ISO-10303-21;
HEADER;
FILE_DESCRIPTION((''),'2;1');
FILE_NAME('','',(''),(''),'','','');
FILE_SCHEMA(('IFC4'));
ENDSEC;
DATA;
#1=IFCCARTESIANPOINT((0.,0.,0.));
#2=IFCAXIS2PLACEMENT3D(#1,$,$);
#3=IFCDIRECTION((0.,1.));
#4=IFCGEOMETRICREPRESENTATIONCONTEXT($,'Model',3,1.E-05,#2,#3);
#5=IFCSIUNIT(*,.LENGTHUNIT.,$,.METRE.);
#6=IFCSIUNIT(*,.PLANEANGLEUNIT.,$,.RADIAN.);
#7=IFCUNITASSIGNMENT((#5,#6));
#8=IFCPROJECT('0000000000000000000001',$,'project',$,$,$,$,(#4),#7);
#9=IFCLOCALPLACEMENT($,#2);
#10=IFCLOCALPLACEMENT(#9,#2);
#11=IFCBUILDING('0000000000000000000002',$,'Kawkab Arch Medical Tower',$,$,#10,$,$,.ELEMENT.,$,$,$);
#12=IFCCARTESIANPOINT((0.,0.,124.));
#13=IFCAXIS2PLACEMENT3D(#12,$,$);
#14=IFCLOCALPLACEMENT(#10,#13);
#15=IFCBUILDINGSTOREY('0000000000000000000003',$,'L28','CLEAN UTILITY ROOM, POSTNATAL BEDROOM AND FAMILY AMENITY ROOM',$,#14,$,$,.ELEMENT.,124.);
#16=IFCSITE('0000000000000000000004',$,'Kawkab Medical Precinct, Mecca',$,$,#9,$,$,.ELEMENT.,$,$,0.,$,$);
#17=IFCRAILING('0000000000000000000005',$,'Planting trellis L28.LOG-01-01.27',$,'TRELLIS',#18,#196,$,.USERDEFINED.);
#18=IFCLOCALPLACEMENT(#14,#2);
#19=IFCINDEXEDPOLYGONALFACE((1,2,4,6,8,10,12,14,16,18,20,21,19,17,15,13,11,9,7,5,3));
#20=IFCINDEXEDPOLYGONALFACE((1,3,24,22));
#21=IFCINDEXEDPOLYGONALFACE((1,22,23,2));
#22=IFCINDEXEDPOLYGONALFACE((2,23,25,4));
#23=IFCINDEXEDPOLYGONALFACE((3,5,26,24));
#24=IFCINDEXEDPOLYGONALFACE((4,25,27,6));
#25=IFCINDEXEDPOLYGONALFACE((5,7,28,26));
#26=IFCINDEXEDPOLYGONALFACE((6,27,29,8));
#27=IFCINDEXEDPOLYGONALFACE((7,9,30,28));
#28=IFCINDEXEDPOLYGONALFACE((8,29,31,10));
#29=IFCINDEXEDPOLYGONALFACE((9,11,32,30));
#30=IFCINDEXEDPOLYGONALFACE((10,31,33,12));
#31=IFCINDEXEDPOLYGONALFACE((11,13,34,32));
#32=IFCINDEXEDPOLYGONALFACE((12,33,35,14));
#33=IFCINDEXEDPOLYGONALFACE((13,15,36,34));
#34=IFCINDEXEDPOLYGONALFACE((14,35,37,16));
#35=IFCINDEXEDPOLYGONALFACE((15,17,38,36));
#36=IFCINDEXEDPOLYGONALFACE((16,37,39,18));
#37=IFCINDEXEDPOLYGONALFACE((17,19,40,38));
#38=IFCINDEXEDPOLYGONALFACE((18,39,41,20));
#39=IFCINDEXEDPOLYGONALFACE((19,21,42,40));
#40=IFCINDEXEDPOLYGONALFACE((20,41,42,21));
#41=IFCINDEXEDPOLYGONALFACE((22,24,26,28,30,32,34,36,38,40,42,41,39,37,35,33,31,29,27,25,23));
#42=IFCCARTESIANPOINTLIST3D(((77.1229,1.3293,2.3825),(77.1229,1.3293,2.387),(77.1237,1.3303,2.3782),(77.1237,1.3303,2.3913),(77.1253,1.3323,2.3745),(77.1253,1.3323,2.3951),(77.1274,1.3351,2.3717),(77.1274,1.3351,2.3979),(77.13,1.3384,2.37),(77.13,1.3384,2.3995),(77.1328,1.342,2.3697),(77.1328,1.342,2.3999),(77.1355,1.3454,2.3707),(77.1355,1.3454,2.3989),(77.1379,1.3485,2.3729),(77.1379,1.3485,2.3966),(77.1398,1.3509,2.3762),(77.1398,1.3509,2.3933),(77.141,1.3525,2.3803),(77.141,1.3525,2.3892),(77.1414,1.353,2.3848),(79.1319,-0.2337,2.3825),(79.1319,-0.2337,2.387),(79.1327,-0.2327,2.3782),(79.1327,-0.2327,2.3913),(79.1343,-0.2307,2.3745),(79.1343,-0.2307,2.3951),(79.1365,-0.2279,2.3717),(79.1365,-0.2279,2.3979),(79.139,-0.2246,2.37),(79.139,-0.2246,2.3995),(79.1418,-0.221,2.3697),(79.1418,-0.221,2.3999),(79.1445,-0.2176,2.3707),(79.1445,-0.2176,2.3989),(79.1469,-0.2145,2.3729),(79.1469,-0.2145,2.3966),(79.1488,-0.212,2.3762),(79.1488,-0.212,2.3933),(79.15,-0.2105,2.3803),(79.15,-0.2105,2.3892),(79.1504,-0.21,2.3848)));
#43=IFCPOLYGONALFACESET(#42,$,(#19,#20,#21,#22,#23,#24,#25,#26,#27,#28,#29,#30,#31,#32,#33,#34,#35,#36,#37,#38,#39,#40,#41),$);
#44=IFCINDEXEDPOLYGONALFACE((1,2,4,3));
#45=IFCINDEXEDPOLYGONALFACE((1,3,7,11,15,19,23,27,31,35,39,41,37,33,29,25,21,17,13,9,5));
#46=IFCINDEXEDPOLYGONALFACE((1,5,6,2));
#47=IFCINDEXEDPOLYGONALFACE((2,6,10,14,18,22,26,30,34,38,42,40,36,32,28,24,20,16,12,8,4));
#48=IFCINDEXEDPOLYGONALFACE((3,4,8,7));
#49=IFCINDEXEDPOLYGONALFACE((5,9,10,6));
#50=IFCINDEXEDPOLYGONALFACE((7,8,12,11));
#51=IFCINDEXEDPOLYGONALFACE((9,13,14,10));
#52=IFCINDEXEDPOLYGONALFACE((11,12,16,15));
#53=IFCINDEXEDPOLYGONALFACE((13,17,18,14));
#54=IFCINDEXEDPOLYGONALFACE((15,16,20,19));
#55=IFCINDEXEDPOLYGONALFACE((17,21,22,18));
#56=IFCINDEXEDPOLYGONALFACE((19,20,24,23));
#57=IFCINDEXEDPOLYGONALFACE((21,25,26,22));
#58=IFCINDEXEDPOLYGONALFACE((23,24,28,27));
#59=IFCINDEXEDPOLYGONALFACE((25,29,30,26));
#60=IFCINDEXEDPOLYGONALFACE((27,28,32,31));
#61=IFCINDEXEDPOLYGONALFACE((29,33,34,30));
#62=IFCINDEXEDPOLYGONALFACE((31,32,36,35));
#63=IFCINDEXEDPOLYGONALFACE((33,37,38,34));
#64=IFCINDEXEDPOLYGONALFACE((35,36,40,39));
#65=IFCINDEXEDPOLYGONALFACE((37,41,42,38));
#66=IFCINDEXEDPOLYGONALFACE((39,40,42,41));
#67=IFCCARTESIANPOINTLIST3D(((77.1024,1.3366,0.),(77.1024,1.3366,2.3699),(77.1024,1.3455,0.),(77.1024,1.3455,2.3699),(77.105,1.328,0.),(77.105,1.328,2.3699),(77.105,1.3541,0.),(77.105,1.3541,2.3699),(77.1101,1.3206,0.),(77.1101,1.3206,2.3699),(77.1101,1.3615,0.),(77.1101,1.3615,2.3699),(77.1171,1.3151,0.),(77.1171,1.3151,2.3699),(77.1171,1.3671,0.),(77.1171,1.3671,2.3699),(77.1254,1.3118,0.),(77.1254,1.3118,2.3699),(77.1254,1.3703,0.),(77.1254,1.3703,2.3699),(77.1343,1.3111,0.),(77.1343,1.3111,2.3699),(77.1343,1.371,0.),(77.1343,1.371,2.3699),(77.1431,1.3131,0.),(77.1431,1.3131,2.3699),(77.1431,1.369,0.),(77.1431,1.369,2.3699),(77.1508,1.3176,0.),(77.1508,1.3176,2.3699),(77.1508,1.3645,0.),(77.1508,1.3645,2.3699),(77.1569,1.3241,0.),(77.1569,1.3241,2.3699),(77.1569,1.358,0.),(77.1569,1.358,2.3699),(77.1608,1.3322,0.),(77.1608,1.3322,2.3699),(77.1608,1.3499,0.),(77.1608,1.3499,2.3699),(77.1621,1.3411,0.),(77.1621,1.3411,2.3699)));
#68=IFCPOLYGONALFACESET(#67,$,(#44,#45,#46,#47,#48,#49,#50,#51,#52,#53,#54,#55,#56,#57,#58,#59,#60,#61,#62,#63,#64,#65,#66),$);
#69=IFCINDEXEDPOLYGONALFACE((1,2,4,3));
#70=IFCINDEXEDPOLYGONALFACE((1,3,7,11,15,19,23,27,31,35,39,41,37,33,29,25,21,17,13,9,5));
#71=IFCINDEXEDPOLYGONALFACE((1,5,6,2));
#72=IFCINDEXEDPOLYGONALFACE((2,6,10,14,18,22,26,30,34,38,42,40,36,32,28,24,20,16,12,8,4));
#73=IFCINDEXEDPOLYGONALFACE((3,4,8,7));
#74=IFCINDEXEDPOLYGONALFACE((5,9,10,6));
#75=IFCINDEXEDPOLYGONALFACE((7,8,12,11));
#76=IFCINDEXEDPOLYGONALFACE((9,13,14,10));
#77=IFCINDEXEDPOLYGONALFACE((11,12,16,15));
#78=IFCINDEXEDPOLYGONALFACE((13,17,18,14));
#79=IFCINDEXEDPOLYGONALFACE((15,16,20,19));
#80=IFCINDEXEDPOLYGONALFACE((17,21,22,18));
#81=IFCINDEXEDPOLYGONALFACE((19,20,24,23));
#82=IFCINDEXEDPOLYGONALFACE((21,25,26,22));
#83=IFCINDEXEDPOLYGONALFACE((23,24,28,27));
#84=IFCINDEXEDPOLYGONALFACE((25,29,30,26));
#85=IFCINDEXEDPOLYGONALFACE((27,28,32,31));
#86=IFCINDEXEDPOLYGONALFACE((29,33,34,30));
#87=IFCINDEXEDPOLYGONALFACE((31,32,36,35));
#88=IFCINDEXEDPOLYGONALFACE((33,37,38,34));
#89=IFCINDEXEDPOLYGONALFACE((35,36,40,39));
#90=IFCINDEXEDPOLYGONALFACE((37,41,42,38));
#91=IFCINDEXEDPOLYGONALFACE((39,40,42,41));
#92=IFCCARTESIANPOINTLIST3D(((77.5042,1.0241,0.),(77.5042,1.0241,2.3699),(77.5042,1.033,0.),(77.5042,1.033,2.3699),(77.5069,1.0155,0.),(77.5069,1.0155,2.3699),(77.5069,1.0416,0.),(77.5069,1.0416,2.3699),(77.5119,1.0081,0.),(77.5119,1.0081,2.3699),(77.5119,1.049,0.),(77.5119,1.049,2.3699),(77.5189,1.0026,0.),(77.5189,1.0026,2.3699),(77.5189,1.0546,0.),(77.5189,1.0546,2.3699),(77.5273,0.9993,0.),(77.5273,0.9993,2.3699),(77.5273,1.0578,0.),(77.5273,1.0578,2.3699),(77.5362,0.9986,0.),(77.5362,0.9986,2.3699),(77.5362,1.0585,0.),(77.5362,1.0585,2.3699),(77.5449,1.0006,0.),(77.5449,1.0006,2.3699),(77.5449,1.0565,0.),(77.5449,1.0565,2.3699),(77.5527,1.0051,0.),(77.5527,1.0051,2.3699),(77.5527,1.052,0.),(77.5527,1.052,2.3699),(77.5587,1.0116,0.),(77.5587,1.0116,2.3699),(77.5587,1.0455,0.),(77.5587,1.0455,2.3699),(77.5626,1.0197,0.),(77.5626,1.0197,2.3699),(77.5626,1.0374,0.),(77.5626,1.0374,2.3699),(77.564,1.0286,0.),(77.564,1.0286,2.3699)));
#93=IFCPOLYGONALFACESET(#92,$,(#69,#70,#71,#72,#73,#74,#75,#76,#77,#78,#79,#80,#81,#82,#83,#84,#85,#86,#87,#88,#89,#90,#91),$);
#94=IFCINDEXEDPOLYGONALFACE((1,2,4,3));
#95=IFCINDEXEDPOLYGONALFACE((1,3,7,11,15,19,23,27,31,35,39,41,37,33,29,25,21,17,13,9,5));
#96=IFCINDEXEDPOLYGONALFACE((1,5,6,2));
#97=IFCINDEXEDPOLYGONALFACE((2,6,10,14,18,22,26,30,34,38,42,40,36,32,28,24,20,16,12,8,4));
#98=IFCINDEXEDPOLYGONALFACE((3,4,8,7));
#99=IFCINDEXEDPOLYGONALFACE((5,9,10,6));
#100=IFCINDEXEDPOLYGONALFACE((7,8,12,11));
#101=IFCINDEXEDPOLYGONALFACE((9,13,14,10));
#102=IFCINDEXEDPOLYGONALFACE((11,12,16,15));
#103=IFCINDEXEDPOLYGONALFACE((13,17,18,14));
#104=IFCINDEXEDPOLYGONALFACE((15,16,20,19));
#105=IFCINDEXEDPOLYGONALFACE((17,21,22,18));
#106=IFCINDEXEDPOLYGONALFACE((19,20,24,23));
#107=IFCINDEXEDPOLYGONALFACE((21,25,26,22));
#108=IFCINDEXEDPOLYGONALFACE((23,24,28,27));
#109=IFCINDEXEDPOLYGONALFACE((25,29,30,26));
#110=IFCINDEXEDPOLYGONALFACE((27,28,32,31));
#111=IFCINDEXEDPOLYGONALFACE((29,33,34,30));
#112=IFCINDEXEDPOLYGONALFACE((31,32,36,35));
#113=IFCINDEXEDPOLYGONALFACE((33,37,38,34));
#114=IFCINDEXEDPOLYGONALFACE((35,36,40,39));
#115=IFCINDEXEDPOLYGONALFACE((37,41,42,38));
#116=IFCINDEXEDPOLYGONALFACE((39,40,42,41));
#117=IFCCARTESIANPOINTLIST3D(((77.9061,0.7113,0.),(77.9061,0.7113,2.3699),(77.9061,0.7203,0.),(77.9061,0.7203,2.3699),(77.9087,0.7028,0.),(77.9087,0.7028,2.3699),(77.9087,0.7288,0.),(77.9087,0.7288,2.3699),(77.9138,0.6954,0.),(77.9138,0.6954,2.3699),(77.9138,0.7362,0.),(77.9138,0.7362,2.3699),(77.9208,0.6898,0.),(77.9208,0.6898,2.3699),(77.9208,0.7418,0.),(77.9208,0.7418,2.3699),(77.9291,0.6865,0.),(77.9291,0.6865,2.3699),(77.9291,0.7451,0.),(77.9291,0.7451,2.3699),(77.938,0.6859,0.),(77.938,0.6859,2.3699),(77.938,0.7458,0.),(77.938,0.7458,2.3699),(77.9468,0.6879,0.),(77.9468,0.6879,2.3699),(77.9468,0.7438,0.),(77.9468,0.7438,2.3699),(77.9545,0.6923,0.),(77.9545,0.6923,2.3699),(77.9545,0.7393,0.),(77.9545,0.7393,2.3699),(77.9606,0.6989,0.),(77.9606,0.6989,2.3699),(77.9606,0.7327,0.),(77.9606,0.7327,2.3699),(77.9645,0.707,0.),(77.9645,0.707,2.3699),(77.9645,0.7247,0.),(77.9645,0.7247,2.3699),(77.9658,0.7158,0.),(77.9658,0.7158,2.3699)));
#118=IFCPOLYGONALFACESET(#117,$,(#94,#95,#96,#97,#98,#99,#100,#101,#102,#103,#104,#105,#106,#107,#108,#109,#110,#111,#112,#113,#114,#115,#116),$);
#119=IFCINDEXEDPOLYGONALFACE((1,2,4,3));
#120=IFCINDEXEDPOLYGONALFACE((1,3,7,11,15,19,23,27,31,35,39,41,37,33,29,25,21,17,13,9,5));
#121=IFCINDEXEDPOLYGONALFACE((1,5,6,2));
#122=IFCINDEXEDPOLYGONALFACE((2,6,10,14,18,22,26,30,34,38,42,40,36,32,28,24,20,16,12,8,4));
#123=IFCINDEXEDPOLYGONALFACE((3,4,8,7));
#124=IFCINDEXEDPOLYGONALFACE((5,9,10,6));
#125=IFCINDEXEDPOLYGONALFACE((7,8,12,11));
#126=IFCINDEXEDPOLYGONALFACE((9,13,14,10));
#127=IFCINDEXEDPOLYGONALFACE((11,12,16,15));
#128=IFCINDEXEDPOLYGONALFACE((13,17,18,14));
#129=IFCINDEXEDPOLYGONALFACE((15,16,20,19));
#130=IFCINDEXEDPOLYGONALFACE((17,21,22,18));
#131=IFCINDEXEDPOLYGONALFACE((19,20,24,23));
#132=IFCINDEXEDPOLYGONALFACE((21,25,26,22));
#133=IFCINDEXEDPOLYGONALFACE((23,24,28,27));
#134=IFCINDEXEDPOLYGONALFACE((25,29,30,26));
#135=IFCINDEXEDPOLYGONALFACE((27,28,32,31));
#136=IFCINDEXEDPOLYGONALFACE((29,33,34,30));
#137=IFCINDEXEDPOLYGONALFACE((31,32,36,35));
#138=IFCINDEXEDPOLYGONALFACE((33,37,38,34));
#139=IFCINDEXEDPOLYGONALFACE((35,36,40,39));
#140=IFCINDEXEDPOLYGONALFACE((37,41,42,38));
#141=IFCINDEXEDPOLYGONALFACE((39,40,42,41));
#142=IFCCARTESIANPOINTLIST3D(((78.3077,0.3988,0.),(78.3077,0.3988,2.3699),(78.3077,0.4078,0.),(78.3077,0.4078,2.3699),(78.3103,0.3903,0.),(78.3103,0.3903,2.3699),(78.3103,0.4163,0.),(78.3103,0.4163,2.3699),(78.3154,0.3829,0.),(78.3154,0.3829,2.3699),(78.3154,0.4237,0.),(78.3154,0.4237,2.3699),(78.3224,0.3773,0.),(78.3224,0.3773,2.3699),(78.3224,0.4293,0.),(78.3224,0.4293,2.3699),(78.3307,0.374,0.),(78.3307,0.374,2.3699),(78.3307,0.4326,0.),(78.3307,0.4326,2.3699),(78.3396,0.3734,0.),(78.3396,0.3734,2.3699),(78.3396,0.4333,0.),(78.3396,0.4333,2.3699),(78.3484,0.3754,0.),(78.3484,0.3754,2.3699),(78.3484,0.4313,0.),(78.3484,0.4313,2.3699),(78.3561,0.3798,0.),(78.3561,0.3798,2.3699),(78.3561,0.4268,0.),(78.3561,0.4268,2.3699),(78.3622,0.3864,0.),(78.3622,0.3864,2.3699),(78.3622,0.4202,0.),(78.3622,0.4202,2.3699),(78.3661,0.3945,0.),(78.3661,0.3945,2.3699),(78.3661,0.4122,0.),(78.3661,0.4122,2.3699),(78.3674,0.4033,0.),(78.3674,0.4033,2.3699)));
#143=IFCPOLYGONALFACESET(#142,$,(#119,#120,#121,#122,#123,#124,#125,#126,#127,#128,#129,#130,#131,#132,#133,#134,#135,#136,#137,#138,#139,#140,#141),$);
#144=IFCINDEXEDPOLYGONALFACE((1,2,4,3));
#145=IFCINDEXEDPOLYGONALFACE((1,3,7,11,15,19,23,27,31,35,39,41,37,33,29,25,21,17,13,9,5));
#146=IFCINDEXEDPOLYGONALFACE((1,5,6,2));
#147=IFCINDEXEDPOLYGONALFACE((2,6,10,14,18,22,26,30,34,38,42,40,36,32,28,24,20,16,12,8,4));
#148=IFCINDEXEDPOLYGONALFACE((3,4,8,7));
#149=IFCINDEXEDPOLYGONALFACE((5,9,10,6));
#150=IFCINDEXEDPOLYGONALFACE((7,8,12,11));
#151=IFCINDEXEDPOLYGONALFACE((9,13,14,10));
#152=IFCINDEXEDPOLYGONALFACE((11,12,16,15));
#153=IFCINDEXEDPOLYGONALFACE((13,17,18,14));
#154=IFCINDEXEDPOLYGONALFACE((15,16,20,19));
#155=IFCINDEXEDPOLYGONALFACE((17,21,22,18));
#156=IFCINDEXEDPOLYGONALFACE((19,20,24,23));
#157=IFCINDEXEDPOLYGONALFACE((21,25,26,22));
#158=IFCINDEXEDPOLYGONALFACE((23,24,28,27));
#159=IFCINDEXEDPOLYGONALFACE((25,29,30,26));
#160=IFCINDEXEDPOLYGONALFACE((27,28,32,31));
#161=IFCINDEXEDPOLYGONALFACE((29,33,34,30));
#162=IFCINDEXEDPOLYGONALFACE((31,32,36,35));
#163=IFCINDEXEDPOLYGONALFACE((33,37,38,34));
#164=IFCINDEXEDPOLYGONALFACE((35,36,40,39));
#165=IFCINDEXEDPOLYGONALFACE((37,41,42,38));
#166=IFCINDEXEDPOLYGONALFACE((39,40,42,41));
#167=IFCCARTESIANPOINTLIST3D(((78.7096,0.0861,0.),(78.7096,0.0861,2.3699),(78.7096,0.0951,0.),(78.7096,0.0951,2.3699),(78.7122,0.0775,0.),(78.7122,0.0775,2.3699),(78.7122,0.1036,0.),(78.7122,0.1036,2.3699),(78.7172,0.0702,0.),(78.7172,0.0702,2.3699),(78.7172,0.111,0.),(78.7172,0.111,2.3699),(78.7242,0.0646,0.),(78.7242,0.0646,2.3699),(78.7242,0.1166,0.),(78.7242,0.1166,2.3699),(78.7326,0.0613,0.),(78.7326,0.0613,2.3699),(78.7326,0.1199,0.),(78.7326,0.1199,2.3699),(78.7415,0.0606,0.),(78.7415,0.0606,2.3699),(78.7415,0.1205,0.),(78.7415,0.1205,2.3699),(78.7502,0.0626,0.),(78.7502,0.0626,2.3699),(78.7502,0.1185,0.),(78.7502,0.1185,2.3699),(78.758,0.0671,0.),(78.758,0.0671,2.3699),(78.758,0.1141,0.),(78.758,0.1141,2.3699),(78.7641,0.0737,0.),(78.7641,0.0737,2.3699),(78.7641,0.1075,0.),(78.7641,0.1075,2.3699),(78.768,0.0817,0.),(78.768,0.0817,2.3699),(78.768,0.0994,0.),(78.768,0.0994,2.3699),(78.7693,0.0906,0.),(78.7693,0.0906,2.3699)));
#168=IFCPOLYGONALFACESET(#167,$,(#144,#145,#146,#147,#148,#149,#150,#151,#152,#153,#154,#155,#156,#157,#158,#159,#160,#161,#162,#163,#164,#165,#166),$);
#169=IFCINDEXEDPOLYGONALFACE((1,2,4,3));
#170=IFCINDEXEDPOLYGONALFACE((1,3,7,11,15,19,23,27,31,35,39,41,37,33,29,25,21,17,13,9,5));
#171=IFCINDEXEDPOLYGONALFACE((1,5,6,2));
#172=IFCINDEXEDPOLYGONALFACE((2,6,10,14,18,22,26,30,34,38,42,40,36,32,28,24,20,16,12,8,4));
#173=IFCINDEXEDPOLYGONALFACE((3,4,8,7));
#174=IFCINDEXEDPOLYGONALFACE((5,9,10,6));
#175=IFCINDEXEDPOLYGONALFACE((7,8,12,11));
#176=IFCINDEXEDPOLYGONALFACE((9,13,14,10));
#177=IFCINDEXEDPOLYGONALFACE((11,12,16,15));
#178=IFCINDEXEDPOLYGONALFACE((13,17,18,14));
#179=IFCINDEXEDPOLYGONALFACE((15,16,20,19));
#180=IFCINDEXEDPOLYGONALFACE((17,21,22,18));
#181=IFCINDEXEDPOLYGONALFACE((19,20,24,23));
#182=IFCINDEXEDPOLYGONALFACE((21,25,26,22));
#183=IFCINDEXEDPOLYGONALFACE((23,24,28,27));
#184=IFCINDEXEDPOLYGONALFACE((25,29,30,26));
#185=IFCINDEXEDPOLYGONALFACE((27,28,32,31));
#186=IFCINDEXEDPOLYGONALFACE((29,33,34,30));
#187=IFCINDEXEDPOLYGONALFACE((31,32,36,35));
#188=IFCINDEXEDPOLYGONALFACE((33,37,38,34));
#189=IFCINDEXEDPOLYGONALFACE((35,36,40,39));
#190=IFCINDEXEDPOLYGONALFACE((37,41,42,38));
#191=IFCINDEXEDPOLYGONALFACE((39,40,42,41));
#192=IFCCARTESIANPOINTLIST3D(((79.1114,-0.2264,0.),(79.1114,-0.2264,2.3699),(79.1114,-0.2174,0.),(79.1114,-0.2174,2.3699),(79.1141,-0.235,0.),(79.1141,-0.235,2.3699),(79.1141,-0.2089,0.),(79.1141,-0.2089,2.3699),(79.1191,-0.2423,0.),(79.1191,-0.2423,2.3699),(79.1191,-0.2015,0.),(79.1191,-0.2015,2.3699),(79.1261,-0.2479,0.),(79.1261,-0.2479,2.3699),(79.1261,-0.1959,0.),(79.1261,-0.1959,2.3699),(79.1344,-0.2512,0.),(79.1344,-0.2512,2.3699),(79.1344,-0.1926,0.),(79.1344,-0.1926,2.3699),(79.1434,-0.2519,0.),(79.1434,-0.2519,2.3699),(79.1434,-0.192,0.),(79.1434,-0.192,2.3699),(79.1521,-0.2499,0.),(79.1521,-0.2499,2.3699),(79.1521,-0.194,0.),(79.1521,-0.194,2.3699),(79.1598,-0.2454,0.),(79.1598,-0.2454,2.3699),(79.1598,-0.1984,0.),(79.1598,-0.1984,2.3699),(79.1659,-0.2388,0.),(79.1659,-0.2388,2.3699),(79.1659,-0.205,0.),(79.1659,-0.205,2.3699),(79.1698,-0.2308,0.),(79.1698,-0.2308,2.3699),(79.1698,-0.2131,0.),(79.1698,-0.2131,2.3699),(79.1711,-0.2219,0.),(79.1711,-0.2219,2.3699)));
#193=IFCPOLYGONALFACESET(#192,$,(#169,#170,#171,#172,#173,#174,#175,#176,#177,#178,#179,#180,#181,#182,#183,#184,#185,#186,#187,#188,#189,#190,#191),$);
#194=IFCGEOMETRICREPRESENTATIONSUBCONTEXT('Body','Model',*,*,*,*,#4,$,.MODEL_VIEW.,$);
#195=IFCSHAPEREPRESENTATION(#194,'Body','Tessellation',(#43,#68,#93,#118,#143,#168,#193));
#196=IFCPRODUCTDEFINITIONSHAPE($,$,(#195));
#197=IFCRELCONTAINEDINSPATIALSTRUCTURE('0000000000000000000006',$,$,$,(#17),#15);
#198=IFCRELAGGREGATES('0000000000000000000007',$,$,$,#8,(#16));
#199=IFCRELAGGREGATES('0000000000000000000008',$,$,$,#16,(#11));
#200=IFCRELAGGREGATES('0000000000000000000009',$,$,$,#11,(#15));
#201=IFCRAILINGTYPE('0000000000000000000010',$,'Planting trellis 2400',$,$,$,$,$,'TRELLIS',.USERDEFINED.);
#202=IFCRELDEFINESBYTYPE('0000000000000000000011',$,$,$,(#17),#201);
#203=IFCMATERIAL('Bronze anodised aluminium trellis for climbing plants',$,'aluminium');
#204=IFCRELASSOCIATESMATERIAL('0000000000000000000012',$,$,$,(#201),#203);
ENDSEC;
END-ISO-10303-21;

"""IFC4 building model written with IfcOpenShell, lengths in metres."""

from ifc_helpers import new_model, si_unit, direction, frame, origin, origin_2d, place, context, subcontext, project, spatial, circle, extrude, material, type_object, element, save


model = new_model("IFC4")

# Units and contexts
model_context = context("Model", 3, precision=1e-05, world=origin(), true_north=direction((0.0, 1.0)))
body_context = subcontext(model_context, "Body", "Model", "MODEL_VIEW")
ifc_project = project(units=[si_unit("LENGTHUNIT", "METRE"), si_unit("PLANEANGLEUNIT", "RADIAN")], contexts=[model_context])

# Site, building, storey
site_placement = place(None, origin())
site = spatial("IfcSite", under=ifc_project, at=site_placement, Name="Kawkab Medical Precinct, Mecca", CompositionType="ELEMENT", RefElevation=0.0)
building_placement = place(site_placement, origin())
building = spatial("IfcBuilding", under=site, at=building_placement, Name="Kawkab Arch Medical Tower", CompositionType="ELEMENT")
storey_placement = place(building_placement, frame((0.0, 0.0, 124.0)))
storey = spatial("IfcBuildingStorey", under=building, at=storey_placement, Name="L28", Description="CLEAN UTILITY ROOM, POSTNATAL BEDROOM AND FAMILY AMENITY ROOM", CompositionType="ELEMENT", Elevation=124.0)

# Railing
ifc_material_1 = material(Name="Bronze anodised aluminium trellis for climbing plants", Category="aluminium")
railing_type = type_object("IfcRailingType", Name="Planting trellis 2400", ElementType="TRELLIS", PredefinedType="USERDEFINED", material=ifc_material_1)
railing_1_placement = place(storey_placement, frame((77.1321, 1.3411, 0.0)))
element("IfcRailing", 1, at=railing_1_placement, inside=storey, type_object=railing_type, Name="Planting trellis L28.LOG-01-01.27", ObjectType="TRELLIS", PredefinedType="USERDEFINED", context=body_context, shape_type="SweptSolid", body=[
    extrude(circle(Radius=0.0151, at=origin_2d()), frame((0.0, 0.0, 2.3848), z_axis=(0.789275, -0.61404, 0.0), x_axis=(0.61404, 0.789275, 0.0)), (0.0, 0.0, 1.0), 2.5454),
    extrude(circle(Radius=0.03, at=origin_2d()), origin(), (0.0, 0.0, 1.0), 2.3699),
    extrude(circle(Radius=0.03, at=origin_2d()), frame((0.4019, -0.3125, 0.0)), (0.0, 0.0, 1.0), 2.3699),
    extrude(circle(Radius=0.03, at=origin_2d()), frame((0.8037, -0.6252, 0.0)), (0.0, 0.0, 1.0), 2.3699),
    extrude(circle(Radius=0.03, at=origin_2d()), frame((1.2053, -0.9377, 0.0)), (0.0, 0.0, 1.0), 2.3699),
    extrude(circle(Radius=0.03, at=origin_2d()), frame((1.6072, -1.2505, 0.0)), (0.0, 0.0, 1.0), 2.3699),
    extrude(circle(Radius=0.03, at=origin_2d()), frame((2.009, -1.563, 0.0)), (0.0, 0.0, 1.0), 2.3699),
])

save(model, "model.ifc")
